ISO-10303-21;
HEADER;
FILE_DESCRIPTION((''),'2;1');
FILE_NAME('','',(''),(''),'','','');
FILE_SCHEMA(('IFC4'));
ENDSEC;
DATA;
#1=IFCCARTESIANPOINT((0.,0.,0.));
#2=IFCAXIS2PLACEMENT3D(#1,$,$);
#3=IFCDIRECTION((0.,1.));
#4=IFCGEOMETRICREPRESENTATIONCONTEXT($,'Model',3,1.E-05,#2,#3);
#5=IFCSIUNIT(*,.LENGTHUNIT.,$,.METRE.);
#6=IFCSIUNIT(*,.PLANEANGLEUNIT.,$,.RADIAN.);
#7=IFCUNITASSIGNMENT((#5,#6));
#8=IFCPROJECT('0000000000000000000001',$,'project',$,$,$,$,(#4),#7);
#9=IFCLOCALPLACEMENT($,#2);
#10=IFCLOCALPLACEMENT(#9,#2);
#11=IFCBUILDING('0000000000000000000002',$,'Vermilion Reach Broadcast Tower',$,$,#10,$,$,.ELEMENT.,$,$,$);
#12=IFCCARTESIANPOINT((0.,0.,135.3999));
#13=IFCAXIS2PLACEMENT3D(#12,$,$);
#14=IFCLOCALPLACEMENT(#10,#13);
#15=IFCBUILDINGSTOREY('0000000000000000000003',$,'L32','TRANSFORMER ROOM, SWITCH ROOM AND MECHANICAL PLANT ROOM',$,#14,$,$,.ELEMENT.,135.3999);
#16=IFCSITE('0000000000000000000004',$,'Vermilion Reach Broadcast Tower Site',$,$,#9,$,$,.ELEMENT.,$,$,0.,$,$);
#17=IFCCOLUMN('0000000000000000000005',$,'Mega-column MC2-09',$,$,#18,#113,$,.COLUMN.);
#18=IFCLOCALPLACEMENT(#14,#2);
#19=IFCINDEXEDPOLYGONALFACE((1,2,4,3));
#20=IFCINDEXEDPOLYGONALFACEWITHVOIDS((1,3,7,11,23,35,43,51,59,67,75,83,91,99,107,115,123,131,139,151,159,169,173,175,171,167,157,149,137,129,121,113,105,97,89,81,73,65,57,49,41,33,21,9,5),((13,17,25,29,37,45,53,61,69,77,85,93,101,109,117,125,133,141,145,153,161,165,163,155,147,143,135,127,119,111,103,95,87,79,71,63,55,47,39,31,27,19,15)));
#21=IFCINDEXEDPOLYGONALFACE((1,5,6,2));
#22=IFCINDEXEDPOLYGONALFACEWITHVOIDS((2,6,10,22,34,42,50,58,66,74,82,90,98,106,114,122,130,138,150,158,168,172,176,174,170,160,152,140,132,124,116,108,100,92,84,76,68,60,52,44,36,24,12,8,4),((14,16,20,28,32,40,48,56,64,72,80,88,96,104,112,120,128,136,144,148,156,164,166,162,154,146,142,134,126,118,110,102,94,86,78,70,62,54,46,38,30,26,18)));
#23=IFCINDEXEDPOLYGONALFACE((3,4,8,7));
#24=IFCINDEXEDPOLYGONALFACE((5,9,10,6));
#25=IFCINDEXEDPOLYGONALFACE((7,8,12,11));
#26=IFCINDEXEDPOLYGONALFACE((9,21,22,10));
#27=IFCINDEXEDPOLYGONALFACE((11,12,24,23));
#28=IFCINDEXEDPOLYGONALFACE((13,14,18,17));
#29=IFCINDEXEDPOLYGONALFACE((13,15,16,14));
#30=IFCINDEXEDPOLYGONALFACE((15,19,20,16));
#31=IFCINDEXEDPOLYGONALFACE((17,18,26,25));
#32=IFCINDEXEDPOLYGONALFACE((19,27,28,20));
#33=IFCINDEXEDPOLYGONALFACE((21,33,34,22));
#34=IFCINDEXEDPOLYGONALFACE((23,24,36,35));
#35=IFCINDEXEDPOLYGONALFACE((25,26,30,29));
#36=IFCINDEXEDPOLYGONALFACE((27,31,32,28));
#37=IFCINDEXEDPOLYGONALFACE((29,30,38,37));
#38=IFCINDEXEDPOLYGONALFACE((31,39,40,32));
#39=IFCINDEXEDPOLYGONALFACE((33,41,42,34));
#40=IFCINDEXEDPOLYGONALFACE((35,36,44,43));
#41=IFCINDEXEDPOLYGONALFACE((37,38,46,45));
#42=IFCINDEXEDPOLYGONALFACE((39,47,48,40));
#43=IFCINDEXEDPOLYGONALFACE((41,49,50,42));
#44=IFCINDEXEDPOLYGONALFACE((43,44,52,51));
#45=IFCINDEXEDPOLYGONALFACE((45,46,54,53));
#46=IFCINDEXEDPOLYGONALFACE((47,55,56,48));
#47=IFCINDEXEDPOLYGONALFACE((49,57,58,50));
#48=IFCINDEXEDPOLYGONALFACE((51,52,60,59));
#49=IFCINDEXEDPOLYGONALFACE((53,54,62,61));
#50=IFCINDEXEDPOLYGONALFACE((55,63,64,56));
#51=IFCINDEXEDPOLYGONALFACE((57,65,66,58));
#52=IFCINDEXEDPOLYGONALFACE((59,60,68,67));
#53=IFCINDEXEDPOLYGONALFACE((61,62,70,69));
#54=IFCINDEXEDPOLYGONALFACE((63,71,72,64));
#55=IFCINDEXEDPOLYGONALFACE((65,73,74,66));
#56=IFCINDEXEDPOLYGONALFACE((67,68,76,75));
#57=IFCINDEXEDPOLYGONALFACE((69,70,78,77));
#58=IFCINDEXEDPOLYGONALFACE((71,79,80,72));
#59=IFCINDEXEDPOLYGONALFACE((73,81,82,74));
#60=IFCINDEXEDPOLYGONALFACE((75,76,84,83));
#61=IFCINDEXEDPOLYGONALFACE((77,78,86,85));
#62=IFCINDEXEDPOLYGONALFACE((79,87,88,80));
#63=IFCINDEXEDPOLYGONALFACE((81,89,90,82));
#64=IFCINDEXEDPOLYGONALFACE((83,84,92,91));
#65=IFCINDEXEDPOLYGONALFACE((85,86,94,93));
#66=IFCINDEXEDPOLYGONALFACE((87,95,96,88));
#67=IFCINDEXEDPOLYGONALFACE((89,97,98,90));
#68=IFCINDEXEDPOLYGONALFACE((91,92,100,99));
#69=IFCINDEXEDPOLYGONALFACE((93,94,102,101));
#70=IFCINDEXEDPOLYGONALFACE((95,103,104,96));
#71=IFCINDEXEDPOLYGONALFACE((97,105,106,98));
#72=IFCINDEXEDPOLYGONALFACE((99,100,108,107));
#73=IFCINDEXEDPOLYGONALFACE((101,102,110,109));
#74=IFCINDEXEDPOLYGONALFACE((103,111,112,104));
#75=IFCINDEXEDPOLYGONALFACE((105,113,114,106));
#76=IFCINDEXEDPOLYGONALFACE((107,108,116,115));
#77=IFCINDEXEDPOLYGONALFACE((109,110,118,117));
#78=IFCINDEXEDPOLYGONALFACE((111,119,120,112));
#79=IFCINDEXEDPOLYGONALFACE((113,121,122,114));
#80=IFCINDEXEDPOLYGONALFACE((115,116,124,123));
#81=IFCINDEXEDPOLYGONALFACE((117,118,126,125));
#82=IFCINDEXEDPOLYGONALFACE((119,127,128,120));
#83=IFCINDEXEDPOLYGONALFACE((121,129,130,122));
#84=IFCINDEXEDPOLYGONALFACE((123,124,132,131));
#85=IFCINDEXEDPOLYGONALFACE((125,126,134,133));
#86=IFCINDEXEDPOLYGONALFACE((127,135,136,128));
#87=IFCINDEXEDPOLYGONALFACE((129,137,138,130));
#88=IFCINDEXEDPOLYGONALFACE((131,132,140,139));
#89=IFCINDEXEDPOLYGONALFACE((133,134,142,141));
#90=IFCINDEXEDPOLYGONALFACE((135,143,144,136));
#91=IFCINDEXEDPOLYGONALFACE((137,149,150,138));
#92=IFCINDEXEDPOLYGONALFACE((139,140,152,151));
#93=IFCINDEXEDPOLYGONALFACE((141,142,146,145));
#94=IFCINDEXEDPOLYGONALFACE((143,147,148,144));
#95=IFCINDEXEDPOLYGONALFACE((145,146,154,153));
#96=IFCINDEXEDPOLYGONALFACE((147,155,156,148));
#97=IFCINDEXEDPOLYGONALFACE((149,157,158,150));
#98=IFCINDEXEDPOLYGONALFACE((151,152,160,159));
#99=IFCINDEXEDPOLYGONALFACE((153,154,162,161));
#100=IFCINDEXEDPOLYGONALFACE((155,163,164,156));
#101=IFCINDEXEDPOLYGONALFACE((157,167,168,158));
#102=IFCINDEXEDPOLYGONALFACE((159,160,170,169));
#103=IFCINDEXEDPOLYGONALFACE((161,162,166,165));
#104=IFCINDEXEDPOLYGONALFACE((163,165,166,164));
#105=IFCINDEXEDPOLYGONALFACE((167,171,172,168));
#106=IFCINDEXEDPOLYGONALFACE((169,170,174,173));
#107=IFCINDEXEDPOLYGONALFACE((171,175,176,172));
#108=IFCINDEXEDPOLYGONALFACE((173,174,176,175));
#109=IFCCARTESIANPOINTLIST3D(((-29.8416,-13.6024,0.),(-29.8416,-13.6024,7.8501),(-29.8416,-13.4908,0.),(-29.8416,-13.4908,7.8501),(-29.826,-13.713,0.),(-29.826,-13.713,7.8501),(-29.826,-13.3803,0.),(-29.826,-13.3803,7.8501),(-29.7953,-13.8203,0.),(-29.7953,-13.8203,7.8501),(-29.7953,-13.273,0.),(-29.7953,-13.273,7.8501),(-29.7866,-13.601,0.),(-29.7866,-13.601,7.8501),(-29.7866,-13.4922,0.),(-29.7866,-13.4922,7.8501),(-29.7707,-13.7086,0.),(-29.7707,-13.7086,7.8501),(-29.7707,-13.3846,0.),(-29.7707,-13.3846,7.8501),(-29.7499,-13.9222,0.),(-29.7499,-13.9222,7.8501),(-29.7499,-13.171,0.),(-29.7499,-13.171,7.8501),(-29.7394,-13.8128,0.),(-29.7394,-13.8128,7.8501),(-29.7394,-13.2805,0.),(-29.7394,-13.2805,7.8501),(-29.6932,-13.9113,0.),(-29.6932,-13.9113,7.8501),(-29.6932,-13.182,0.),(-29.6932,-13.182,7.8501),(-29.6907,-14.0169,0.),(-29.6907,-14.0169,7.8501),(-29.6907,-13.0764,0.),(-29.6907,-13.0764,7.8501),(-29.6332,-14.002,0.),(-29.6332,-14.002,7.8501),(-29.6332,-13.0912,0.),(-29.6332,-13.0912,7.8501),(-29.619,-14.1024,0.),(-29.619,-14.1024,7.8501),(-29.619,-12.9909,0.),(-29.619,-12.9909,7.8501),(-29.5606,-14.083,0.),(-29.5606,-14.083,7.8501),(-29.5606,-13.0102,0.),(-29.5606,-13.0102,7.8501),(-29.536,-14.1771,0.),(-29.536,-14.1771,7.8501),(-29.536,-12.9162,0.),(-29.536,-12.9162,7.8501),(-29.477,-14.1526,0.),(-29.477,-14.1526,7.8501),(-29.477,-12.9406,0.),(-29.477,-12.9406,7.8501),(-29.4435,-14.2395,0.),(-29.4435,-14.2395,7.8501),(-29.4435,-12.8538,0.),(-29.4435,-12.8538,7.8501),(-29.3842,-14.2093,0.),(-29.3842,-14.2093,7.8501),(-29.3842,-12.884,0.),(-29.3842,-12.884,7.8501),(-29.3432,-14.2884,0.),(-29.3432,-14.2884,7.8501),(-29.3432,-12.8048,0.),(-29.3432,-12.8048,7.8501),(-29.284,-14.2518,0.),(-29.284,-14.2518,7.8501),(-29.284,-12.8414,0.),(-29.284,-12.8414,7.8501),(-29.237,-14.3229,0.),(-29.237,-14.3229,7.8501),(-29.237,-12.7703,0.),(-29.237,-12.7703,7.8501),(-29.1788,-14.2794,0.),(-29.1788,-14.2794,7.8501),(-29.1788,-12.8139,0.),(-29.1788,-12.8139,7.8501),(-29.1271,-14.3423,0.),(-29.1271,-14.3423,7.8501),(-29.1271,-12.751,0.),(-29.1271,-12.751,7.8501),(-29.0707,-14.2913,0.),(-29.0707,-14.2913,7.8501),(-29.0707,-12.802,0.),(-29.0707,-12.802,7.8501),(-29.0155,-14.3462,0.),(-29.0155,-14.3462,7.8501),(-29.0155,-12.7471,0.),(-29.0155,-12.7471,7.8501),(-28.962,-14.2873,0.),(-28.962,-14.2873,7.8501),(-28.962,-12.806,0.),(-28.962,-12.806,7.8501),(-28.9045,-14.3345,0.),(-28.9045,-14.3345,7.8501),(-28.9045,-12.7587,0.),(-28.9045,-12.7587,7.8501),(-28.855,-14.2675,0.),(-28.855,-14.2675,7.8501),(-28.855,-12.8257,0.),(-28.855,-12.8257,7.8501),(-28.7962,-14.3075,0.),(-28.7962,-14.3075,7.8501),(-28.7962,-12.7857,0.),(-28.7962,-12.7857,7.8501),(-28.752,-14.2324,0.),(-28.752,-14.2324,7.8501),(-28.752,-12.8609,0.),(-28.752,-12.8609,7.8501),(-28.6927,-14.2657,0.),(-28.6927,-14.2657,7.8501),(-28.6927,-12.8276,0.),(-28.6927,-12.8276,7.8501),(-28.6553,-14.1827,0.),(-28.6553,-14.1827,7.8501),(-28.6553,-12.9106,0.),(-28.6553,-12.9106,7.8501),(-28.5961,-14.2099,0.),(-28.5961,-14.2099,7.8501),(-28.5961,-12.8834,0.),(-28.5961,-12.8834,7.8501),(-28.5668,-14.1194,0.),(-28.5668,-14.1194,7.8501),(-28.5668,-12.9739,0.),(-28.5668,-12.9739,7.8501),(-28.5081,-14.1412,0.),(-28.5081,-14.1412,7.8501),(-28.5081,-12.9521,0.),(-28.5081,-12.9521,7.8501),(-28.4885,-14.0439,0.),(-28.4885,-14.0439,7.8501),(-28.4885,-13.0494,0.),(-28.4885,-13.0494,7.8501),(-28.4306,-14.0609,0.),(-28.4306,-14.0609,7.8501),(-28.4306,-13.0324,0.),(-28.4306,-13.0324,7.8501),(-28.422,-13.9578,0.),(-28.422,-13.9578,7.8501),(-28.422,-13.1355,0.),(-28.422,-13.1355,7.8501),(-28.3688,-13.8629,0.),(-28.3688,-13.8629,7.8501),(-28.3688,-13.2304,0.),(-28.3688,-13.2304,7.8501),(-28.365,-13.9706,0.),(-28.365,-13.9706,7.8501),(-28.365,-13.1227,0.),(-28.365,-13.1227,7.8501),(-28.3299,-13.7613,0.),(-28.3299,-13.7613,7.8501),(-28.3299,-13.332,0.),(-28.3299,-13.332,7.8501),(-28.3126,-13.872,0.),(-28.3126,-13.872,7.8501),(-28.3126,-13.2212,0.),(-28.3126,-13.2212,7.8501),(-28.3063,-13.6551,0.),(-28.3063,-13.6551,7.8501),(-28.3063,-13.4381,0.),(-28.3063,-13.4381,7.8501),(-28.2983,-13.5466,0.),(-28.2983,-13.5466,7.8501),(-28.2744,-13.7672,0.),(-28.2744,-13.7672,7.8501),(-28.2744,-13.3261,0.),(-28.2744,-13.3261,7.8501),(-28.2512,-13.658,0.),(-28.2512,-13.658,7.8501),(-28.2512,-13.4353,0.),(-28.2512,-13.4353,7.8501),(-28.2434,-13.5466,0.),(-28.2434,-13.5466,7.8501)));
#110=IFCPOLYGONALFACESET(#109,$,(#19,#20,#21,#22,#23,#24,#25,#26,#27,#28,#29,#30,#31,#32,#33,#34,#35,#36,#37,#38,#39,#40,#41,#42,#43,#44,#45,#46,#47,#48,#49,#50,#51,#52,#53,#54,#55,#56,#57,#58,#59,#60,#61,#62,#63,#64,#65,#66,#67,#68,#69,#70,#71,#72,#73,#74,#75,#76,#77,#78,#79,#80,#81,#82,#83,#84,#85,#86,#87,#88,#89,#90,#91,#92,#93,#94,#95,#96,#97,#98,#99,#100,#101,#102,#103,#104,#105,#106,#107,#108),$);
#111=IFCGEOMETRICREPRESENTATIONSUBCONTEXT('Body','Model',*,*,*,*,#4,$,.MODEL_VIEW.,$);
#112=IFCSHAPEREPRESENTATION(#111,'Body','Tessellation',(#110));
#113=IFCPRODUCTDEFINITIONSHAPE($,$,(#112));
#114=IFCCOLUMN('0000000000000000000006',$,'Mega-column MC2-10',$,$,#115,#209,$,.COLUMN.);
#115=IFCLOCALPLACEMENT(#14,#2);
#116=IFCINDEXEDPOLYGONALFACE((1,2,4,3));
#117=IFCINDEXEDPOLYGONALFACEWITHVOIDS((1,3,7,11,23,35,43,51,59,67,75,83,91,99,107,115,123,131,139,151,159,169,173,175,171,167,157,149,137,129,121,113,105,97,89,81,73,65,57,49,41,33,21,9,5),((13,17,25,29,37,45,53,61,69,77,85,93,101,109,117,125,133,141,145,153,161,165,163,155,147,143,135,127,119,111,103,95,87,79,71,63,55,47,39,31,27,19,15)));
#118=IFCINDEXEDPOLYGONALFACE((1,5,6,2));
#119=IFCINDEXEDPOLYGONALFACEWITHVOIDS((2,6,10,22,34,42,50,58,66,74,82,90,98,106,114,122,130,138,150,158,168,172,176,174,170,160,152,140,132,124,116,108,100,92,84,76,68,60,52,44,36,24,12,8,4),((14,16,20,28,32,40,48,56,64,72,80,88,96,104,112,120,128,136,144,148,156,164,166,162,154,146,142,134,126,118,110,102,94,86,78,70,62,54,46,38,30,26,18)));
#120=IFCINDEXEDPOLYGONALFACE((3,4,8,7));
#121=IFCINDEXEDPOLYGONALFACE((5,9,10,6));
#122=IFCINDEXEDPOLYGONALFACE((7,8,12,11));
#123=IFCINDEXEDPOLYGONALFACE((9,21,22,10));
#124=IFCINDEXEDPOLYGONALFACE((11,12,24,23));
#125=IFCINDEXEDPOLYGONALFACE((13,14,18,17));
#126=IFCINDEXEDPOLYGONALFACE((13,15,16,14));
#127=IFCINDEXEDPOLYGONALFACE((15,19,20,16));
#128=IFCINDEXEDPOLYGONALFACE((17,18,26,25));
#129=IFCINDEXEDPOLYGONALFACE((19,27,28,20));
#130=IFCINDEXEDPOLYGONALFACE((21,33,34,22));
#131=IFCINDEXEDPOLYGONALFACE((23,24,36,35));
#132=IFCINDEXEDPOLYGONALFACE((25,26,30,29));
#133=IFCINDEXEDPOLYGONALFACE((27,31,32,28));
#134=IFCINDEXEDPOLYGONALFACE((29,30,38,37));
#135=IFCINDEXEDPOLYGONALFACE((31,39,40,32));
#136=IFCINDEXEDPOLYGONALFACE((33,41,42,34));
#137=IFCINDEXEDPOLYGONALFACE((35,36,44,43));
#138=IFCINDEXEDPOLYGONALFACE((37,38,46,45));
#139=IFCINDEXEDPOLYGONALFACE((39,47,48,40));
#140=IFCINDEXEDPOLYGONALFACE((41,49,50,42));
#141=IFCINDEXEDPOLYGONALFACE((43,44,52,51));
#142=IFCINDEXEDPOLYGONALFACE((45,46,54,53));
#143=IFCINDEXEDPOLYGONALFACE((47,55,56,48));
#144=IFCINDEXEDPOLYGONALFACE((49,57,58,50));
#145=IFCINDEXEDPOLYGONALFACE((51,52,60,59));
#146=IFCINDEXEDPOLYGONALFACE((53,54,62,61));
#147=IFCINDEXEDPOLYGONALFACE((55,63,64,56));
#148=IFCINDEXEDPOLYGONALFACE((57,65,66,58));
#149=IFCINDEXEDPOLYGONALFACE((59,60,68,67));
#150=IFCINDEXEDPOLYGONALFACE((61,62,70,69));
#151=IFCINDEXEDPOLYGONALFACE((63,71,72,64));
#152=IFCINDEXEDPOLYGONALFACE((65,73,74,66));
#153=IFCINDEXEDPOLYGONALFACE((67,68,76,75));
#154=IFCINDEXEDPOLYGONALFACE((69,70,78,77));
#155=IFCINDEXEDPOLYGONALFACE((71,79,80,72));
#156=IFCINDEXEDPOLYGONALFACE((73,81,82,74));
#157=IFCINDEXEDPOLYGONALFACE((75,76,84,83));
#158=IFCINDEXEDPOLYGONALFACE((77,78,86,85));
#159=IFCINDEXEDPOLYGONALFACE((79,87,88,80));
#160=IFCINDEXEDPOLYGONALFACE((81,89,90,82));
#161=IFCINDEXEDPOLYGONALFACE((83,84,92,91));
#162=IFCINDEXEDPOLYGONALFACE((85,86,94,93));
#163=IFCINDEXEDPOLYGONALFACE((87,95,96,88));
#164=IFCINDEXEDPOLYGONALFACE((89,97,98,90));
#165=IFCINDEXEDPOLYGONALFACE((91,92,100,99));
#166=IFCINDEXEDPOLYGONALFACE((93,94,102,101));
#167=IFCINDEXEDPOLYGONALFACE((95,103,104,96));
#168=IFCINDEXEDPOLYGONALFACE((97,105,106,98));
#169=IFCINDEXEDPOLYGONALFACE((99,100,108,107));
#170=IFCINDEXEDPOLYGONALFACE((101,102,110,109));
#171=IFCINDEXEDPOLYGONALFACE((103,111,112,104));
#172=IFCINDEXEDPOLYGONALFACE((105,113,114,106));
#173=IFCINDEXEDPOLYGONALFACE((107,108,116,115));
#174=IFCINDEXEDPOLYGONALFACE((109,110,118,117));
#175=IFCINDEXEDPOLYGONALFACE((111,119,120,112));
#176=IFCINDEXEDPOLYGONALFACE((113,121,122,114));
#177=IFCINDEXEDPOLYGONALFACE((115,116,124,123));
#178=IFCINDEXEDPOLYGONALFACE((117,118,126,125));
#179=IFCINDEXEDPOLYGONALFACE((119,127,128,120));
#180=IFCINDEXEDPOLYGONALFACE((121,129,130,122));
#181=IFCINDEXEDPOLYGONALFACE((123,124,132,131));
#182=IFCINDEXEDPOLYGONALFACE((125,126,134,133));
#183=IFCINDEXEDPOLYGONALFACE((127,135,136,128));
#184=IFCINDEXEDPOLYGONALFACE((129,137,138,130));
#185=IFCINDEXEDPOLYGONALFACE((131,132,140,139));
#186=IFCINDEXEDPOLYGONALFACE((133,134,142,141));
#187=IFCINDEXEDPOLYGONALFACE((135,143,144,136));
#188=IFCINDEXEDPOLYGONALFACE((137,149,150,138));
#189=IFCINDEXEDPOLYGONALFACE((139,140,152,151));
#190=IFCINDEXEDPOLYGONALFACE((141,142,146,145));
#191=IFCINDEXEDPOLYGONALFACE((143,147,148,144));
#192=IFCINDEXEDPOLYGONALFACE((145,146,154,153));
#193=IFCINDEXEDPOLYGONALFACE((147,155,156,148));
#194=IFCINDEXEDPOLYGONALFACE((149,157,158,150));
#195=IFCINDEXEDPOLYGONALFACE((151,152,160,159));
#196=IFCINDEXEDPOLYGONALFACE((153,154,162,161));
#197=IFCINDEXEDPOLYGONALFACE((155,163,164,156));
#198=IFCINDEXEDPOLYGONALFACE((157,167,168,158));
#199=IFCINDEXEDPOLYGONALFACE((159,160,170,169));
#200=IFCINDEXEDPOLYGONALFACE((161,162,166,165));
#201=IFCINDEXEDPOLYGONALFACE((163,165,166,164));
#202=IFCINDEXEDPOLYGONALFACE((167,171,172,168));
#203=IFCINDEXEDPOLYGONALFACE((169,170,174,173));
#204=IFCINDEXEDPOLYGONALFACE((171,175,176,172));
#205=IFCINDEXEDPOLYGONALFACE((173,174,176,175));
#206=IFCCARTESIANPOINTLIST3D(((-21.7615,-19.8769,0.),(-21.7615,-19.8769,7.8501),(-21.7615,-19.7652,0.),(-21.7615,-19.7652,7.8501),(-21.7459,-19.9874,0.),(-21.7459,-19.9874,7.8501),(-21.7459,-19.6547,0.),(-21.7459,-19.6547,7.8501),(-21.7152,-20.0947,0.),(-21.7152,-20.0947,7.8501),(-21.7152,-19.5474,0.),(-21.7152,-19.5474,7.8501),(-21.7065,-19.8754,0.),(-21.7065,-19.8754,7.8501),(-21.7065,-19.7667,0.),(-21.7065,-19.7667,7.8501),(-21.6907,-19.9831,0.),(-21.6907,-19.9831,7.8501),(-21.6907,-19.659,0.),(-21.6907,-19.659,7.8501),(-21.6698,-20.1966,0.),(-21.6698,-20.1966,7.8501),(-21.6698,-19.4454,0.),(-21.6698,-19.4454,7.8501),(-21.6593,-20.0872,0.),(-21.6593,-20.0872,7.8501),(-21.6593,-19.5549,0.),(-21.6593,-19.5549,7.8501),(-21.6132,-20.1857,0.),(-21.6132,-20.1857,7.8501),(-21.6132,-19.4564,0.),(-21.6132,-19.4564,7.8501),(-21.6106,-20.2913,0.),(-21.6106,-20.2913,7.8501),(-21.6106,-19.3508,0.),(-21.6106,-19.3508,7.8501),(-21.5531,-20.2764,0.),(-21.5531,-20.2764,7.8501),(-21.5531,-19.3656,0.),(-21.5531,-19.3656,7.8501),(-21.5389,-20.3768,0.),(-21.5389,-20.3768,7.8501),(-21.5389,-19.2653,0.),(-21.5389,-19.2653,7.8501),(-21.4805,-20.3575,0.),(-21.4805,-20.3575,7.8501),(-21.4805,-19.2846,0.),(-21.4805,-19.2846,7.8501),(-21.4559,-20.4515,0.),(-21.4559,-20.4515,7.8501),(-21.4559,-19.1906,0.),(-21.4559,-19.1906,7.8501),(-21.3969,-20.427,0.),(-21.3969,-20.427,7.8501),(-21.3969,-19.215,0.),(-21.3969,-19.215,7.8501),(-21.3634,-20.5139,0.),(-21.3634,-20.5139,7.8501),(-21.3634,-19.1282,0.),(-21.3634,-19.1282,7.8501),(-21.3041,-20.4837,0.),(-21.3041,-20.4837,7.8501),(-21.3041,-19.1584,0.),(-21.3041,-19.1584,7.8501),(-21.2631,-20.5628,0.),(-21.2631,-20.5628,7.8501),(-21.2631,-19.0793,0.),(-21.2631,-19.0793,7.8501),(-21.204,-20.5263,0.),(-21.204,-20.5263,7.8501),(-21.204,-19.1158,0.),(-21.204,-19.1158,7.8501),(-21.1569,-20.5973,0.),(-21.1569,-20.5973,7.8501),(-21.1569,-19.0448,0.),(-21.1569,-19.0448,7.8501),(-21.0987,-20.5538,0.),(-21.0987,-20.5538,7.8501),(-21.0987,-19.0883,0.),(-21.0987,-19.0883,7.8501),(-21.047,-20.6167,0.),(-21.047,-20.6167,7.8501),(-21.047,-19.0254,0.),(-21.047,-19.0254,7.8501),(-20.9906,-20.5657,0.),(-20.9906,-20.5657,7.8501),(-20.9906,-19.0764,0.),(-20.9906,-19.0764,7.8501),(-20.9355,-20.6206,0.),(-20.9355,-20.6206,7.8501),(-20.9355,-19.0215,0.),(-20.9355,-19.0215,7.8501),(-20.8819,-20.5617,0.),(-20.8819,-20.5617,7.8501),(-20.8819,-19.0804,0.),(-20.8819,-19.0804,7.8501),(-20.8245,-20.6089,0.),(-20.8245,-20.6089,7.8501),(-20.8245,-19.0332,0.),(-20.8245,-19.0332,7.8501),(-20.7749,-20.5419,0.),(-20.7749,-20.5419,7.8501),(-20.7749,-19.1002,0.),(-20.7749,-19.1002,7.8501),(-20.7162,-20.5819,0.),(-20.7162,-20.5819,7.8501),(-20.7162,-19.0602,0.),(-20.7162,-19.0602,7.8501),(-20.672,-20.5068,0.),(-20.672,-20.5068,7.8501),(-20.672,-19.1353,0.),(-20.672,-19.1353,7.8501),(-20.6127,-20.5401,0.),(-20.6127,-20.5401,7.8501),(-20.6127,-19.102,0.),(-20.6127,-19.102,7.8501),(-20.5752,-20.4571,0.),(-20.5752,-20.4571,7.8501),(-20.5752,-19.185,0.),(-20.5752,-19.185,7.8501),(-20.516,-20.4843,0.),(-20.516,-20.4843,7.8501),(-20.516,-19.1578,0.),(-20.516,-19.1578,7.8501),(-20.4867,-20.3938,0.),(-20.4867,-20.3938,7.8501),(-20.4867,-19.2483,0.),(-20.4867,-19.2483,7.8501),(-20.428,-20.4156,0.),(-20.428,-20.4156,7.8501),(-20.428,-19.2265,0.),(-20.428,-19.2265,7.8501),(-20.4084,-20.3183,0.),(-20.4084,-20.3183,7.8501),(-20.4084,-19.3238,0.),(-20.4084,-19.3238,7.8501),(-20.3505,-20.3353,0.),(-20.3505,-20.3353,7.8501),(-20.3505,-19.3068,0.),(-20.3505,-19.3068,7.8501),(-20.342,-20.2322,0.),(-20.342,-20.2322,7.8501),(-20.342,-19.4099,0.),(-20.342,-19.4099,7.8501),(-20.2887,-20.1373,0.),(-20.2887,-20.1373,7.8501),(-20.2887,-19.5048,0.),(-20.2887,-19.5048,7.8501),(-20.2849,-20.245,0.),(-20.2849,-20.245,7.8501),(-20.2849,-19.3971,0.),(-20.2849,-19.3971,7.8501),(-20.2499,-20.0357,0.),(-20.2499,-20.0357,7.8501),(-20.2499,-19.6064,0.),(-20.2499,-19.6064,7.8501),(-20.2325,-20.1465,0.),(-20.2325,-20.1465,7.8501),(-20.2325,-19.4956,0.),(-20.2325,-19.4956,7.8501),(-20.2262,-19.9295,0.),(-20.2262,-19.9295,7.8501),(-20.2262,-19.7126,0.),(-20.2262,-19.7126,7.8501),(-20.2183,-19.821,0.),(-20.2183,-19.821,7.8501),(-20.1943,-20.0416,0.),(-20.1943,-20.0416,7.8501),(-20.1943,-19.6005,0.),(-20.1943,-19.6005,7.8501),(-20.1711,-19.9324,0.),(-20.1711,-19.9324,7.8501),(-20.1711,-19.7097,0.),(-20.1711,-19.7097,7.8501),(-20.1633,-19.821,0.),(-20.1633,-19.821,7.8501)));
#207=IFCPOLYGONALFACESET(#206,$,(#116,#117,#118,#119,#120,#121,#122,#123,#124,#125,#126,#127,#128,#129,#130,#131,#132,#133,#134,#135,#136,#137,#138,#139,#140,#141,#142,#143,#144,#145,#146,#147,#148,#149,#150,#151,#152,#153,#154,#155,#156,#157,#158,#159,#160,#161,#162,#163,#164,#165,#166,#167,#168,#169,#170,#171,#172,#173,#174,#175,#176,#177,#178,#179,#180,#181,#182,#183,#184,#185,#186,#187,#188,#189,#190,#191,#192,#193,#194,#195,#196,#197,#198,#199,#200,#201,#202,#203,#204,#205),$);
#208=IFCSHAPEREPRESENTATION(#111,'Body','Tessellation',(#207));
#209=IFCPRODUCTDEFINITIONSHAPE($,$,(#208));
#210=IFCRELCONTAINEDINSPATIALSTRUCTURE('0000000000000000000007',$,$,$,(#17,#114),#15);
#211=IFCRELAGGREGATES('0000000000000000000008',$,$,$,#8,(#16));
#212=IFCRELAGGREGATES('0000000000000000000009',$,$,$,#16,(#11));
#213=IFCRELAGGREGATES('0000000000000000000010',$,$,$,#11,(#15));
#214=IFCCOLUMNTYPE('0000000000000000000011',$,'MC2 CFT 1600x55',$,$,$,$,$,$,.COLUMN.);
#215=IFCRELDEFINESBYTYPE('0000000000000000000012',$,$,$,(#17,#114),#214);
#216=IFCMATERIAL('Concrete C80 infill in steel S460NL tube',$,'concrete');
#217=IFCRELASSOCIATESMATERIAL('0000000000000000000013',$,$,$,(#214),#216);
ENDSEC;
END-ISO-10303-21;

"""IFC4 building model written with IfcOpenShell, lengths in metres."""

from ifc_helpers import new_model, si_unit, direction, frame, origin, origin_2d, place, context, subcontext, project, spatial, hollow_circle, extrude, material, material_profile, profile_set, type_object, element, save


model = new_model("IFC4")

# Units and contexts
model_context = context("Model", 3, precision=1e-05, world=origin(), true_north=direction((0.0, 1.0)))
body_context = subcontext(model_context, "Body", "Model", "MODEL_VIEW")
ifc_project = project(units=[si_unit("LENGTHUNIT", "METRE"), si_unit("PLANEANGLEUNIT", "RADIAN")], contexts=[model_context])

# Site, building, storey
site_placement = place(None, origin())
site = spatial("IfcSite", under=ifc_project, at=site_placement, Name="Vermilion Reach Broadcast Tower Site", CompositionType="ELEMENT", RefElevation=0.0)
building_placement = place(site_placement, origin())
building = spatial("IfcBuilding", under=site, at=building_placement, Name="Vermilion Reach Broadcast Tower", CompositionType="ELEMENT")
storey_placement = place(building_placement, frame((0.0, 0.0, 135.3999)))
storey = spatial("IfcBuildingStorey", under=building, at=storey_placement, Name="L32", Description="TRANSFORMER ROOM, SWITCH ROOM AND MECHANICAL PLANT ROOM", CompositionType="ELEMENT", Elevation=135.3999)

# Columns
ifc_material_1 = material(Name="Concrete C80 infill in steel S460NL tube", Category="concrete")
ifc_material_profile_1 = material_profile(ifc_material_1, hollow_circle(Radius=0.8, WallThickness=0.0549, at=origin_2d()), Name="Concrete C80 infill in steel S460NL tube CFT 1600x55")
ifc_profile_set_1 = profile_set([ifc_material_profile_1], Name="Concrete C80 infill in steel S460NL tube")
column_type = type_object("IfcColumnType", Name="MC2 CFT 1600x55", PredefinedType="COLUMN", material=ifc_profile_set_1)
for number, where, z_axis, x_axis, name in (
    (1, (-29.0435, -13.5466, 0.0), (0.0, 0.0, 1.0), (1.0, 0.0, 0.0), "Mega-column MC2-09"),
    (2, (-20.9634, -19.821, 0.0), (0.0, 0.0, 1.0), (1.0, 0.0, 0.0), "Mega-column MC2-10"),
):
    element("IfcColumn", number, at=place(storey_placement, frame(where, z_axis=z_axis, x_axis=x_axis)), inside=storey, type_object=column_type, Name=name, PredefinedType="COLUMN", context=body_context, shape_type="SweptSolid", body=[
        extrude(hollow_circle(Radius=0.8, WallThickness=0.0549, at=origin_2d()), origin(), (0.0, 0.0, 1.0), 7.8501),
    ])

save(model, "model.ifc")
